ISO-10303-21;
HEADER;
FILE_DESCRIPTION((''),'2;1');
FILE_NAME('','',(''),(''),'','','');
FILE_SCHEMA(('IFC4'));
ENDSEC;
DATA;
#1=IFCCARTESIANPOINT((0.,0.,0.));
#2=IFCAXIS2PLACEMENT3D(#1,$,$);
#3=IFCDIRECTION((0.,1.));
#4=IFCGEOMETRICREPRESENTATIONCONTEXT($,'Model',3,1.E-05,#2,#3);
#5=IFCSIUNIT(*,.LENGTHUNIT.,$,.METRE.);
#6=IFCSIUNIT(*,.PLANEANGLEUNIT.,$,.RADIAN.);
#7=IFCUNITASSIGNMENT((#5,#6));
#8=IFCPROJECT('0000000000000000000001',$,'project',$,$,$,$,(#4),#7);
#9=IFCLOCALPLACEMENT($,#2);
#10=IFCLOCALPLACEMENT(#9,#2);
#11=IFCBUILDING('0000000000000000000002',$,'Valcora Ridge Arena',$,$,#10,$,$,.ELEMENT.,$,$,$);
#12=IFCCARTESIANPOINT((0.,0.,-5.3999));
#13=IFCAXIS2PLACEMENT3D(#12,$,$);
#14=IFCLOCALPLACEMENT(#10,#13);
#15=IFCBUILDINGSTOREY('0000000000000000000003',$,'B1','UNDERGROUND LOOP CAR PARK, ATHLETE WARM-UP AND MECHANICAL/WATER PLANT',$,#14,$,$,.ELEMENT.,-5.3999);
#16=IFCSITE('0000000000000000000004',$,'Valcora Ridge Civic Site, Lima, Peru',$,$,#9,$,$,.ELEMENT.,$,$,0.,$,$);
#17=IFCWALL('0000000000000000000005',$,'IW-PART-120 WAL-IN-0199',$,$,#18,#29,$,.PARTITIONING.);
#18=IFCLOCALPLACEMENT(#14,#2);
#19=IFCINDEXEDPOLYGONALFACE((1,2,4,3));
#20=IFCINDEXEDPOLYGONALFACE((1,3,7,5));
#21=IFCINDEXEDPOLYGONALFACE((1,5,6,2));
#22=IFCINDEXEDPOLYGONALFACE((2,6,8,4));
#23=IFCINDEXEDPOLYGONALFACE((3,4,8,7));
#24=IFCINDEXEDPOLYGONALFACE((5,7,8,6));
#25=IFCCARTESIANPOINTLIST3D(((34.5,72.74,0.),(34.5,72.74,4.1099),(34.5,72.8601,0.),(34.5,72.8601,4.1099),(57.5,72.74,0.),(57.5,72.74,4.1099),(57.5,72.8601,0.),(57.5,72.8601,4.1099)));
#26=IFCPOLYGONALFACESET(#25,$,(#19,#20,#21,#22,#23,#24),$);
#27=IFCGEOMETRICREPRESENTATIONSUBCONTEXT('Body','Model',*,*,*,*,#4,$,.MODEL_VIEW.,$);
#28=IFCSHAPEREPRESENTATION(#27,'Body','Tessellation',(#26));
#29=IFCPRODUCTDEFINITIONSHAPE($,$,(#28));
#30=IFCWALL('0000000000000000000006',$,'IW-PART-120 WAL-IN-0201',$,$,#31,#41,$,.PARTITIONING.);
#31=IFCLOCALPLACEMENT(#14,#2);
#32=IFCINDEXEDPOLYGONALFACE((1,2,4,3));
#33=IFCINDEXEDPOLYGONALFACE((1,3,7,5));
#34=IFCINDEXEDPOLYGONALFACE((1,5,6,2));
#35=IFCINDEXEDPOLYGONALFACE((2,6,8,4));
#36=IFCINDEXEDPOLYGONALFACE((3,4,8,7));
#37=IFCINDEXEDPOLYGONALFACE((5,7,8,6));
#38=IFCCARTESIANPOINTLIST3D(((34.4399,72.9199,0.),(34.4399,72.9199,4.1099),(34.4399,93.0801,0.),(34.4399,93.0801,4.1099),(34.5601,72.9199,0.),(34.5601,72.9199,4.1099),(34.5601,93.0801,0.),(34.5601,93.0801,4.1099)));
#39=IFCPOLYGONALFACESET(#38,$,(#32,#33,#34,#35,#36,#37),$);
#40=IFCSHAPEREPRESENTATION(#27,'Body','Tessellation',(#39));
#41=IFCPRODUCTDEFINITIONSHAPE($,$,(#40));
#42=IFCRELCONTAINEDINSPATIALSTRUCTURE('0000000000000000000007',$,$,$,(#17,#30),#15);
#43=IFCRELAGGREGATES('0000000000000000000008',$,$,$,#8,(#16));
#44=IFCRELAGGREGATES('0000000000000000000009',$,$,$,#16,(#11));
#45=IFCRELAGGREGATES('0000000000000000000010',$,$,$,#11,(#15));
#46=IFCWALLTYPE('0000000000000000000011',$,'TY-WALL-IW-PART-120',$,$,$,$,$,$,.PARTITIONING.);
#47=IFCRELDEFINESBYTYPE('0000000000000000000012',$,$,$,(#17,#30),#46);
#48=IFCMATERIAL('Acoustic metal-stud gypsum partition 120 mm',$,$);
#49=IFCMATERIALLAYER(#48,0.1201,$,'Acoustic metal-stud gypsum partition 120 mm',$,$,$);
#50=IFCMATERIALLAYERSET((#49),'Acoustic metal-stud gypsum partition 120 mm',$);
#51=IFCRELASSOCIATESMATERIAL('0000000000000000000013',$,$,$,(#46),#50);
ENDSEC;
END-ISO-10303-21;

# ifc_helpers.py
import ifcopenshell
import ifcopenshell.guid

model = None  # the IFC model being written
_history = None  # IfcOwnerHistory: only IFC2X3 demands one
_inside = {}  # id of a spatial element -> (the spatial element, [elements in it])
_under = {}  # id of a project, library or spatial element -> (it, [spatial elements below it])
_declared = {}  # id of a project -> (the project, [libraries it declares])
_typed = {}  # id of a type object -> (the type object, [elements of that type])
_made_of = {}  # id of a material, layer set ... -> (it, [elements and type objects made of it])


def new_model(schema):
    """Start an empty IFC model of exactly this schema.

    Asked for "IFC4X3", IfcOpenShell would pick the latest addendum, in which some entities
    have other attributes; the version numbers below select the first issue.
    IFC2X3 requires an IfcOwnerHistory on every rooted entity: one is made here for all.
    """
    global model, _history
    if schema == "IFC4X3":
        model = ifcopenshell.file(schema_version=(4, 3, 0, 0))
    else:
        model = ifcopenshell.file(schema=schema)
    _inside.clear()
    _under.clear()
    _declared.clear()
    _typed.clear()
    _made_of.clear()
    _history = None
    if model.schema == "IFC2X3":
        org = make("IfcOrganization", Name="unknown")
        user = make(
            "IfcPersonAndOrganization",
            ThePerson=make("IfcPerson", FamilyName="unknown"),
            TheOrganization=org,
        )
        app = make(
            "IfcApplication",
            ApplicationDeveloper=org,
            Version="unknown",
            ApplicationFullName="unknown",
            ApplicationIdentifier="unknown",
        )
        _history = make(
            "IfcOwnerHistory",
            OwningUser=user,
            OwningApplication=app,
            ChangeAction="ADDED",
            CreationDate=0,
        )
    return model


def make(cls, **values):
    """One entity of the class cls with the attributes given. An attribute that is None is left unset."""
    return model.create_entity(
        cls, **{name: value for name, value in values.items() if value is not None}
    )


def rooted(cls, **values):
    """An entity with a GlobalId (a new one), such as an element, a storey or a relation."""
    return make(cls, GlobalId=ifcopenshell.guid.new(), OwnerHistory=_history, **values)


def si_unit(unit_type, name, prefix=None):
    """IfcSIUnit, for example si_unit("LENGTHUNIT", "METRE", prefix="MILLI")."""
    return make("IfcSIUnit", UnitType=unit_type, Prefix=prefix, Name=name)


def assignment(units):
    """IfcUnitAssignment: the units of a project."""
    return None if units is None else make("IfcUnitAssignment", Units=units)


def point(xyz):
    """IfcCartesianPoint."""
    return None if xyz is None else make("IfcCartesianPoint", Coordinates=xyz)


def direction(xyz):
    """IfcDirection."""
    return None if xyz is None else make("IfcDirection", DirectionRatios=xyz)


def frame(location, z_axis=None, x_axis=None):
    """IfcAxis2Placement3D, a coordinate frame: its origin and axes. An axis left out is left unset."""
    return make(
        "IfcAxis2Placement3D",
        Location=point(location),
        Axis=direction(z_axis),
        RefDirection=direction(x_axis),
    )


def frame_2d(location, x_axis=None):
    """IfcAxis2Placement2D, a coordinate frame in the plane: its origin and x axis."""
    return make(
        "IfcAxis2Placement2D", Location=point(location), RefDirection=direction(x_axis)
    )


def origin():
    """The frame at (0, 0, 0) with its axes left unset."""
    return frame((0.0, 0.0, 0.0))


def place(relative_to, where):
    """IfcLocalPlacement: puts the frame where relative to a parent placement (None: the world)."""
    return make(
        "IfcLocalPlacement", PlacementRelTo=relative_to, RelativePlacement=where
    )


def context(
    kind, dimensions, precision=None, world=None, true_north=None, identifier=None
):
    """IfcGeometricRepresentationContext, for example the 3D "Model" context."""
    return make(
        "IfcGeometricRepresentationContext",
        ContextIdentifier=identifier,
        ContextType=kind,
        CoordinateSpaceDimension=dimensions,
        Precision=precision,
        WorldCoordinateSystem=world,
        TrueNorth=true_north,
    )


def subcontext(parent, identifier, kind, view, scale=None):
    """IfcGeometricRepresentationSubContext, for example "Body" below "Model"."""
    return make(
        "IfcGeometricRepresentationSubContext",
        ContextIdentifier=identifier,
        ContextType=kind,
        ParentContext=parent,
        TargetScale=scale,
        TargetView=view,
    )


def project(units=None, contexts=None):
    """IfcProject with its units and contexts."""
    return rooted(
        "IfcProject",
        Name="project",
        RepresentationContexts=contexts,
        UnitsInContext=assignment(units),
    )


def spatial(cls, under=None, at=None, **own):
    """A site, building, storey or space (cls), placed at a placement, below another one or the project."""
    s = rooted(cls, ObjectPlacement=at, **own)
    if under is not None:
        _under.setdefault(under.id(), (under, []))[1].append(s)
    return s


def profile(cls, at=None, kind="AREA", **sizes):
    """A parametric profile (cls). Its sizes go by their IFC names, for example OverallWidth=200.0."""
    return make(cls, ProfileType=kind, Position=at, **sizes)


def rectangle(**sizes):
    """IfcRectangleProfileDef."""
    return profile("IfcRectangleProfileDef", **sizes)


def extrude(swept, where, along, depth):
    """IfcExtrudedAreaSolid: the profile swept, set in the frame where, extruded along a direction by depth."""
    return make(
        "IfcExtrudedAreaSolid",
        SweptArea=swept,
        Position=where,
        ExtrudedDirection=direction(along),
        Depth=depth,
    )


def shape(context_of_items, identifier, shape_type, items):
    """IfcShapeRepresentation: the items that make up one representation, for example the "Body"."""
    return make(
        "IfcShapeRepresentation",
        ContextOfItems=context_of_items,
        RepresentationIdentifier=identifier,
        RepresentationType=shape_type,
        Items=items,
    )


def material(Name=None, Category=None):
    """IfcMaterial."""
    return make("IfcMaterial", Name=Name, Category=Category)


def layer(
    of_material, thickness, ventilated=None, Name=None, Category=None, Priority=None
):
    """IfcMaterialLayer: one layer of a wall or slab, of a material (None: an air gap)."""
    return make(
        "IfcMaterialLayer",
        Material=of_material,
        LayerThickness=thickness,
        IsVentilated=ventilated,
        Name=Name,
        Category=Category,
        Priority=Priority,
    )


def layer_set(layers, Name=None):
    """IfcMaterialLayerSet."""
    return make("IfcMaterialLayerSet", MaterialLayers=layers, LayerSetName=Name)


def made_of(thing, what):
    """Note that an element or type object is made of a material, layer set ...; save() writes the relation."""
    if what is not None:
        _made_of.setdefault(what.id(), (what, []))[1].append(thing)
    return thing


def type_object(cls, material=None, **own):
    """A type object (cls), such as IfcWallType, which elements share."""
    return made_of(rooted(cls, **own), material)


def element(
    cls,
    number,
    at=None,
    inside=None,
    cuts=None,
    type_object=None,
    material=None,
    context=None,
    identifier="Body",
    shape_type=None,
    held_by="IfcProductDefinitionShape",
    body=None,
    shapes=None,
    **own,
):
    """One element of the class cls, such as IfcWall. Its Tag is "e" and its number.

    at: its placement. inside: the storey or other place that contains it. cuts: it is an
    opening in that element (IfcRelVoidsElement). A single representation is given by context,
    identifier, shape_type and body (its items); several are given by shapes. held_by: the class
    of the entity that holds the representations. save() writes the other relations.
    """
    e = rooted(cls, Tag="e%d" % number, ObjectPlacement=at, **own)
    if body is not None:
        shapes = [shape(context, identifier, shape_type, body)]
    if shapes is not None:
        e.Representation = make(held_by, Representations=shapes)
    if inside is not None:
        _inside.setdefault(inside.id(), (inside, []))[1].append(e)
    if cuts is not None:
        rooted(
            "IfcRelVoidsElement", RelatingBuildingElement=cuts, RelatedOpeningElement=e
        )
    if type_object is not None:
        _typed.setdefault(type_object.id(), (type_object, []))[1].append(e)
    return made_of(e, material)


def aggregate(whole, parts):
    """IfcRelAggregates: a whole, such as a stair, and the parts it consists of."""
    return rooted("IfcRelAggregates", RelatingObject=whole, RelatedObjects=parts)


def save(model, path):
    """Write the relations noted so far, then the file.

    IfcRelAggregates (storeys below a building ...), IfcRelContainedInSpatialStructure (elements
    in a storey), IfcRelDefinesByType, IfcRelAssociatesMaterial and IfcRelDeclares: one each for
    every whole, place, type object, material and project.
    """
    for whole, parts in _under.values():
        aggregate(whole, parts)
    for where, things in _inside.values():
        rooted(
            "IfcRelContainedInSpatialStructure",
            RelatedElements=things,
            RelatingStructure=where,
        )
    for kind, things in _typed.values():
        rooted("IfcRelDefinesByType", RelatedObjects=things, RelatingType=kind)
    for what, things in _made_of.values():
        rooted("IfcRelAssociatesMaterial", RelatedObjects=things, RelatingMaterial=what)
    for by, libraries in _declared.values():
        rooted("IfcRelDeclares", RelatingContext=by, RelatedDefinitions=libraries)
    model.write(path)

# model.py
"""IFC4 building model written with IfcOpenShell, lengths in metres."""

from ifc_helpers import new_model, si_unit, direction, frame, frame_2d, origin, place, context, subcontext, project, spatial, rectangle, extrude, material, layer, layer_set, type_object, element, save


model = new_model("IFC4")

# Units and contexts
model_context = context("Model", 3, precision=1e-05, world=origin(), true_north=direction((0.0, 1.0)))
body_context = subcontext(model_context, "Body", "Model", "MODEL_VIEW")
ifc_project = project(units=[si_unit("LENGTHUNIT", "METRE"), si_unit("PLANEANGLEUNIT", "RADIAN")], contexts=[model_context])

# Site, building, storey
site_placement = place(None, origin())
site = spatial("IfcSite", under=ifc_project, at=site_placement, Name="Valcora Ridge Civic Site, Lima, Peru", CompositionType="ELEMENT", RefElevation=0.0)
building_placement = place(site_placement, origin())
building = spatial("IfcBuilding", under=site, at=building_placement, Name="Valcora Ridge Arena", CompositionType="ELEMENT")
storey_placement = place(building_placement, frame((0.0, 0.0, -5.3999)))
storey = spatial("IfcBuildingStorey", under=building, at=storey_placement, Name="B1", Description="UNDERGROUND LOOP CAR PARK, ATHLETE WARM-UP AND MECHANICAL/WATER PLANT", CompositionType="ELEMENT", Elevation=-5.3999)

# Walls
ifc_material_1 = material(Name="Acoustic metal-stud gypsum partition 120 mm")
ifc_layer_1 = layer(ifc_material_1, 0.1201, Name="Acoustic metal-stud gypsum partition 120 mm")
ifc_layer_set_1 = layer_set([ifc_layer_1], Name="Acoustic metal-stud gypsum partition 120 mm")
wall_type = type_object("IfcWallType", Name="TY-WALL-IW-PART-120", PredefinedType="PARTITIONING", material=ifc_layer_set_1)
wall_1_placement = place(storey_placement, frame((34.5, 72.8, 0.0), z_axis=(0.0, 0.0, 1.0), x_axis=(1.0, 0.0, 0.0)))
element("IfcWall", 1, at=wall_1_placement, inside=storey, type_object=wall_type, Name="IW-PART-120 WAL-IN-0199", PredefinedType="PARTITIONING", context=body_context, shape_type="SweptSolid", body=[
    extrude(rectangle(XDim=23.0, YDim=0.1201, at=frame_2d((11.5, 0.0))), origin(), (0.0, 0.0, 1.0), 4.1099),
])
wall_2_placement = place(storey_placement, frame((34.5, 72.9199, 0.0), z_axis=(0.0, 0.0, 1.0), x_axis=(0.0, 1.0, 0.0)))
element("IfcWall", 2, at=wall_2_placement, inside=storey, type_object=wall_type, Name="IW-PART-120 WAL-IN-0201", PredefinedType="PARTITIONING", context=body_context, shape_type="SweptSolid", body=[
    extrude(rectangle(XDim=20.1602, YDim=0.1201, at=frame_2d((10.0801, 0.0))), origin(), (0.0, 0.0, 1.0), 4.1099),
])

save(model, "model.ifc")
